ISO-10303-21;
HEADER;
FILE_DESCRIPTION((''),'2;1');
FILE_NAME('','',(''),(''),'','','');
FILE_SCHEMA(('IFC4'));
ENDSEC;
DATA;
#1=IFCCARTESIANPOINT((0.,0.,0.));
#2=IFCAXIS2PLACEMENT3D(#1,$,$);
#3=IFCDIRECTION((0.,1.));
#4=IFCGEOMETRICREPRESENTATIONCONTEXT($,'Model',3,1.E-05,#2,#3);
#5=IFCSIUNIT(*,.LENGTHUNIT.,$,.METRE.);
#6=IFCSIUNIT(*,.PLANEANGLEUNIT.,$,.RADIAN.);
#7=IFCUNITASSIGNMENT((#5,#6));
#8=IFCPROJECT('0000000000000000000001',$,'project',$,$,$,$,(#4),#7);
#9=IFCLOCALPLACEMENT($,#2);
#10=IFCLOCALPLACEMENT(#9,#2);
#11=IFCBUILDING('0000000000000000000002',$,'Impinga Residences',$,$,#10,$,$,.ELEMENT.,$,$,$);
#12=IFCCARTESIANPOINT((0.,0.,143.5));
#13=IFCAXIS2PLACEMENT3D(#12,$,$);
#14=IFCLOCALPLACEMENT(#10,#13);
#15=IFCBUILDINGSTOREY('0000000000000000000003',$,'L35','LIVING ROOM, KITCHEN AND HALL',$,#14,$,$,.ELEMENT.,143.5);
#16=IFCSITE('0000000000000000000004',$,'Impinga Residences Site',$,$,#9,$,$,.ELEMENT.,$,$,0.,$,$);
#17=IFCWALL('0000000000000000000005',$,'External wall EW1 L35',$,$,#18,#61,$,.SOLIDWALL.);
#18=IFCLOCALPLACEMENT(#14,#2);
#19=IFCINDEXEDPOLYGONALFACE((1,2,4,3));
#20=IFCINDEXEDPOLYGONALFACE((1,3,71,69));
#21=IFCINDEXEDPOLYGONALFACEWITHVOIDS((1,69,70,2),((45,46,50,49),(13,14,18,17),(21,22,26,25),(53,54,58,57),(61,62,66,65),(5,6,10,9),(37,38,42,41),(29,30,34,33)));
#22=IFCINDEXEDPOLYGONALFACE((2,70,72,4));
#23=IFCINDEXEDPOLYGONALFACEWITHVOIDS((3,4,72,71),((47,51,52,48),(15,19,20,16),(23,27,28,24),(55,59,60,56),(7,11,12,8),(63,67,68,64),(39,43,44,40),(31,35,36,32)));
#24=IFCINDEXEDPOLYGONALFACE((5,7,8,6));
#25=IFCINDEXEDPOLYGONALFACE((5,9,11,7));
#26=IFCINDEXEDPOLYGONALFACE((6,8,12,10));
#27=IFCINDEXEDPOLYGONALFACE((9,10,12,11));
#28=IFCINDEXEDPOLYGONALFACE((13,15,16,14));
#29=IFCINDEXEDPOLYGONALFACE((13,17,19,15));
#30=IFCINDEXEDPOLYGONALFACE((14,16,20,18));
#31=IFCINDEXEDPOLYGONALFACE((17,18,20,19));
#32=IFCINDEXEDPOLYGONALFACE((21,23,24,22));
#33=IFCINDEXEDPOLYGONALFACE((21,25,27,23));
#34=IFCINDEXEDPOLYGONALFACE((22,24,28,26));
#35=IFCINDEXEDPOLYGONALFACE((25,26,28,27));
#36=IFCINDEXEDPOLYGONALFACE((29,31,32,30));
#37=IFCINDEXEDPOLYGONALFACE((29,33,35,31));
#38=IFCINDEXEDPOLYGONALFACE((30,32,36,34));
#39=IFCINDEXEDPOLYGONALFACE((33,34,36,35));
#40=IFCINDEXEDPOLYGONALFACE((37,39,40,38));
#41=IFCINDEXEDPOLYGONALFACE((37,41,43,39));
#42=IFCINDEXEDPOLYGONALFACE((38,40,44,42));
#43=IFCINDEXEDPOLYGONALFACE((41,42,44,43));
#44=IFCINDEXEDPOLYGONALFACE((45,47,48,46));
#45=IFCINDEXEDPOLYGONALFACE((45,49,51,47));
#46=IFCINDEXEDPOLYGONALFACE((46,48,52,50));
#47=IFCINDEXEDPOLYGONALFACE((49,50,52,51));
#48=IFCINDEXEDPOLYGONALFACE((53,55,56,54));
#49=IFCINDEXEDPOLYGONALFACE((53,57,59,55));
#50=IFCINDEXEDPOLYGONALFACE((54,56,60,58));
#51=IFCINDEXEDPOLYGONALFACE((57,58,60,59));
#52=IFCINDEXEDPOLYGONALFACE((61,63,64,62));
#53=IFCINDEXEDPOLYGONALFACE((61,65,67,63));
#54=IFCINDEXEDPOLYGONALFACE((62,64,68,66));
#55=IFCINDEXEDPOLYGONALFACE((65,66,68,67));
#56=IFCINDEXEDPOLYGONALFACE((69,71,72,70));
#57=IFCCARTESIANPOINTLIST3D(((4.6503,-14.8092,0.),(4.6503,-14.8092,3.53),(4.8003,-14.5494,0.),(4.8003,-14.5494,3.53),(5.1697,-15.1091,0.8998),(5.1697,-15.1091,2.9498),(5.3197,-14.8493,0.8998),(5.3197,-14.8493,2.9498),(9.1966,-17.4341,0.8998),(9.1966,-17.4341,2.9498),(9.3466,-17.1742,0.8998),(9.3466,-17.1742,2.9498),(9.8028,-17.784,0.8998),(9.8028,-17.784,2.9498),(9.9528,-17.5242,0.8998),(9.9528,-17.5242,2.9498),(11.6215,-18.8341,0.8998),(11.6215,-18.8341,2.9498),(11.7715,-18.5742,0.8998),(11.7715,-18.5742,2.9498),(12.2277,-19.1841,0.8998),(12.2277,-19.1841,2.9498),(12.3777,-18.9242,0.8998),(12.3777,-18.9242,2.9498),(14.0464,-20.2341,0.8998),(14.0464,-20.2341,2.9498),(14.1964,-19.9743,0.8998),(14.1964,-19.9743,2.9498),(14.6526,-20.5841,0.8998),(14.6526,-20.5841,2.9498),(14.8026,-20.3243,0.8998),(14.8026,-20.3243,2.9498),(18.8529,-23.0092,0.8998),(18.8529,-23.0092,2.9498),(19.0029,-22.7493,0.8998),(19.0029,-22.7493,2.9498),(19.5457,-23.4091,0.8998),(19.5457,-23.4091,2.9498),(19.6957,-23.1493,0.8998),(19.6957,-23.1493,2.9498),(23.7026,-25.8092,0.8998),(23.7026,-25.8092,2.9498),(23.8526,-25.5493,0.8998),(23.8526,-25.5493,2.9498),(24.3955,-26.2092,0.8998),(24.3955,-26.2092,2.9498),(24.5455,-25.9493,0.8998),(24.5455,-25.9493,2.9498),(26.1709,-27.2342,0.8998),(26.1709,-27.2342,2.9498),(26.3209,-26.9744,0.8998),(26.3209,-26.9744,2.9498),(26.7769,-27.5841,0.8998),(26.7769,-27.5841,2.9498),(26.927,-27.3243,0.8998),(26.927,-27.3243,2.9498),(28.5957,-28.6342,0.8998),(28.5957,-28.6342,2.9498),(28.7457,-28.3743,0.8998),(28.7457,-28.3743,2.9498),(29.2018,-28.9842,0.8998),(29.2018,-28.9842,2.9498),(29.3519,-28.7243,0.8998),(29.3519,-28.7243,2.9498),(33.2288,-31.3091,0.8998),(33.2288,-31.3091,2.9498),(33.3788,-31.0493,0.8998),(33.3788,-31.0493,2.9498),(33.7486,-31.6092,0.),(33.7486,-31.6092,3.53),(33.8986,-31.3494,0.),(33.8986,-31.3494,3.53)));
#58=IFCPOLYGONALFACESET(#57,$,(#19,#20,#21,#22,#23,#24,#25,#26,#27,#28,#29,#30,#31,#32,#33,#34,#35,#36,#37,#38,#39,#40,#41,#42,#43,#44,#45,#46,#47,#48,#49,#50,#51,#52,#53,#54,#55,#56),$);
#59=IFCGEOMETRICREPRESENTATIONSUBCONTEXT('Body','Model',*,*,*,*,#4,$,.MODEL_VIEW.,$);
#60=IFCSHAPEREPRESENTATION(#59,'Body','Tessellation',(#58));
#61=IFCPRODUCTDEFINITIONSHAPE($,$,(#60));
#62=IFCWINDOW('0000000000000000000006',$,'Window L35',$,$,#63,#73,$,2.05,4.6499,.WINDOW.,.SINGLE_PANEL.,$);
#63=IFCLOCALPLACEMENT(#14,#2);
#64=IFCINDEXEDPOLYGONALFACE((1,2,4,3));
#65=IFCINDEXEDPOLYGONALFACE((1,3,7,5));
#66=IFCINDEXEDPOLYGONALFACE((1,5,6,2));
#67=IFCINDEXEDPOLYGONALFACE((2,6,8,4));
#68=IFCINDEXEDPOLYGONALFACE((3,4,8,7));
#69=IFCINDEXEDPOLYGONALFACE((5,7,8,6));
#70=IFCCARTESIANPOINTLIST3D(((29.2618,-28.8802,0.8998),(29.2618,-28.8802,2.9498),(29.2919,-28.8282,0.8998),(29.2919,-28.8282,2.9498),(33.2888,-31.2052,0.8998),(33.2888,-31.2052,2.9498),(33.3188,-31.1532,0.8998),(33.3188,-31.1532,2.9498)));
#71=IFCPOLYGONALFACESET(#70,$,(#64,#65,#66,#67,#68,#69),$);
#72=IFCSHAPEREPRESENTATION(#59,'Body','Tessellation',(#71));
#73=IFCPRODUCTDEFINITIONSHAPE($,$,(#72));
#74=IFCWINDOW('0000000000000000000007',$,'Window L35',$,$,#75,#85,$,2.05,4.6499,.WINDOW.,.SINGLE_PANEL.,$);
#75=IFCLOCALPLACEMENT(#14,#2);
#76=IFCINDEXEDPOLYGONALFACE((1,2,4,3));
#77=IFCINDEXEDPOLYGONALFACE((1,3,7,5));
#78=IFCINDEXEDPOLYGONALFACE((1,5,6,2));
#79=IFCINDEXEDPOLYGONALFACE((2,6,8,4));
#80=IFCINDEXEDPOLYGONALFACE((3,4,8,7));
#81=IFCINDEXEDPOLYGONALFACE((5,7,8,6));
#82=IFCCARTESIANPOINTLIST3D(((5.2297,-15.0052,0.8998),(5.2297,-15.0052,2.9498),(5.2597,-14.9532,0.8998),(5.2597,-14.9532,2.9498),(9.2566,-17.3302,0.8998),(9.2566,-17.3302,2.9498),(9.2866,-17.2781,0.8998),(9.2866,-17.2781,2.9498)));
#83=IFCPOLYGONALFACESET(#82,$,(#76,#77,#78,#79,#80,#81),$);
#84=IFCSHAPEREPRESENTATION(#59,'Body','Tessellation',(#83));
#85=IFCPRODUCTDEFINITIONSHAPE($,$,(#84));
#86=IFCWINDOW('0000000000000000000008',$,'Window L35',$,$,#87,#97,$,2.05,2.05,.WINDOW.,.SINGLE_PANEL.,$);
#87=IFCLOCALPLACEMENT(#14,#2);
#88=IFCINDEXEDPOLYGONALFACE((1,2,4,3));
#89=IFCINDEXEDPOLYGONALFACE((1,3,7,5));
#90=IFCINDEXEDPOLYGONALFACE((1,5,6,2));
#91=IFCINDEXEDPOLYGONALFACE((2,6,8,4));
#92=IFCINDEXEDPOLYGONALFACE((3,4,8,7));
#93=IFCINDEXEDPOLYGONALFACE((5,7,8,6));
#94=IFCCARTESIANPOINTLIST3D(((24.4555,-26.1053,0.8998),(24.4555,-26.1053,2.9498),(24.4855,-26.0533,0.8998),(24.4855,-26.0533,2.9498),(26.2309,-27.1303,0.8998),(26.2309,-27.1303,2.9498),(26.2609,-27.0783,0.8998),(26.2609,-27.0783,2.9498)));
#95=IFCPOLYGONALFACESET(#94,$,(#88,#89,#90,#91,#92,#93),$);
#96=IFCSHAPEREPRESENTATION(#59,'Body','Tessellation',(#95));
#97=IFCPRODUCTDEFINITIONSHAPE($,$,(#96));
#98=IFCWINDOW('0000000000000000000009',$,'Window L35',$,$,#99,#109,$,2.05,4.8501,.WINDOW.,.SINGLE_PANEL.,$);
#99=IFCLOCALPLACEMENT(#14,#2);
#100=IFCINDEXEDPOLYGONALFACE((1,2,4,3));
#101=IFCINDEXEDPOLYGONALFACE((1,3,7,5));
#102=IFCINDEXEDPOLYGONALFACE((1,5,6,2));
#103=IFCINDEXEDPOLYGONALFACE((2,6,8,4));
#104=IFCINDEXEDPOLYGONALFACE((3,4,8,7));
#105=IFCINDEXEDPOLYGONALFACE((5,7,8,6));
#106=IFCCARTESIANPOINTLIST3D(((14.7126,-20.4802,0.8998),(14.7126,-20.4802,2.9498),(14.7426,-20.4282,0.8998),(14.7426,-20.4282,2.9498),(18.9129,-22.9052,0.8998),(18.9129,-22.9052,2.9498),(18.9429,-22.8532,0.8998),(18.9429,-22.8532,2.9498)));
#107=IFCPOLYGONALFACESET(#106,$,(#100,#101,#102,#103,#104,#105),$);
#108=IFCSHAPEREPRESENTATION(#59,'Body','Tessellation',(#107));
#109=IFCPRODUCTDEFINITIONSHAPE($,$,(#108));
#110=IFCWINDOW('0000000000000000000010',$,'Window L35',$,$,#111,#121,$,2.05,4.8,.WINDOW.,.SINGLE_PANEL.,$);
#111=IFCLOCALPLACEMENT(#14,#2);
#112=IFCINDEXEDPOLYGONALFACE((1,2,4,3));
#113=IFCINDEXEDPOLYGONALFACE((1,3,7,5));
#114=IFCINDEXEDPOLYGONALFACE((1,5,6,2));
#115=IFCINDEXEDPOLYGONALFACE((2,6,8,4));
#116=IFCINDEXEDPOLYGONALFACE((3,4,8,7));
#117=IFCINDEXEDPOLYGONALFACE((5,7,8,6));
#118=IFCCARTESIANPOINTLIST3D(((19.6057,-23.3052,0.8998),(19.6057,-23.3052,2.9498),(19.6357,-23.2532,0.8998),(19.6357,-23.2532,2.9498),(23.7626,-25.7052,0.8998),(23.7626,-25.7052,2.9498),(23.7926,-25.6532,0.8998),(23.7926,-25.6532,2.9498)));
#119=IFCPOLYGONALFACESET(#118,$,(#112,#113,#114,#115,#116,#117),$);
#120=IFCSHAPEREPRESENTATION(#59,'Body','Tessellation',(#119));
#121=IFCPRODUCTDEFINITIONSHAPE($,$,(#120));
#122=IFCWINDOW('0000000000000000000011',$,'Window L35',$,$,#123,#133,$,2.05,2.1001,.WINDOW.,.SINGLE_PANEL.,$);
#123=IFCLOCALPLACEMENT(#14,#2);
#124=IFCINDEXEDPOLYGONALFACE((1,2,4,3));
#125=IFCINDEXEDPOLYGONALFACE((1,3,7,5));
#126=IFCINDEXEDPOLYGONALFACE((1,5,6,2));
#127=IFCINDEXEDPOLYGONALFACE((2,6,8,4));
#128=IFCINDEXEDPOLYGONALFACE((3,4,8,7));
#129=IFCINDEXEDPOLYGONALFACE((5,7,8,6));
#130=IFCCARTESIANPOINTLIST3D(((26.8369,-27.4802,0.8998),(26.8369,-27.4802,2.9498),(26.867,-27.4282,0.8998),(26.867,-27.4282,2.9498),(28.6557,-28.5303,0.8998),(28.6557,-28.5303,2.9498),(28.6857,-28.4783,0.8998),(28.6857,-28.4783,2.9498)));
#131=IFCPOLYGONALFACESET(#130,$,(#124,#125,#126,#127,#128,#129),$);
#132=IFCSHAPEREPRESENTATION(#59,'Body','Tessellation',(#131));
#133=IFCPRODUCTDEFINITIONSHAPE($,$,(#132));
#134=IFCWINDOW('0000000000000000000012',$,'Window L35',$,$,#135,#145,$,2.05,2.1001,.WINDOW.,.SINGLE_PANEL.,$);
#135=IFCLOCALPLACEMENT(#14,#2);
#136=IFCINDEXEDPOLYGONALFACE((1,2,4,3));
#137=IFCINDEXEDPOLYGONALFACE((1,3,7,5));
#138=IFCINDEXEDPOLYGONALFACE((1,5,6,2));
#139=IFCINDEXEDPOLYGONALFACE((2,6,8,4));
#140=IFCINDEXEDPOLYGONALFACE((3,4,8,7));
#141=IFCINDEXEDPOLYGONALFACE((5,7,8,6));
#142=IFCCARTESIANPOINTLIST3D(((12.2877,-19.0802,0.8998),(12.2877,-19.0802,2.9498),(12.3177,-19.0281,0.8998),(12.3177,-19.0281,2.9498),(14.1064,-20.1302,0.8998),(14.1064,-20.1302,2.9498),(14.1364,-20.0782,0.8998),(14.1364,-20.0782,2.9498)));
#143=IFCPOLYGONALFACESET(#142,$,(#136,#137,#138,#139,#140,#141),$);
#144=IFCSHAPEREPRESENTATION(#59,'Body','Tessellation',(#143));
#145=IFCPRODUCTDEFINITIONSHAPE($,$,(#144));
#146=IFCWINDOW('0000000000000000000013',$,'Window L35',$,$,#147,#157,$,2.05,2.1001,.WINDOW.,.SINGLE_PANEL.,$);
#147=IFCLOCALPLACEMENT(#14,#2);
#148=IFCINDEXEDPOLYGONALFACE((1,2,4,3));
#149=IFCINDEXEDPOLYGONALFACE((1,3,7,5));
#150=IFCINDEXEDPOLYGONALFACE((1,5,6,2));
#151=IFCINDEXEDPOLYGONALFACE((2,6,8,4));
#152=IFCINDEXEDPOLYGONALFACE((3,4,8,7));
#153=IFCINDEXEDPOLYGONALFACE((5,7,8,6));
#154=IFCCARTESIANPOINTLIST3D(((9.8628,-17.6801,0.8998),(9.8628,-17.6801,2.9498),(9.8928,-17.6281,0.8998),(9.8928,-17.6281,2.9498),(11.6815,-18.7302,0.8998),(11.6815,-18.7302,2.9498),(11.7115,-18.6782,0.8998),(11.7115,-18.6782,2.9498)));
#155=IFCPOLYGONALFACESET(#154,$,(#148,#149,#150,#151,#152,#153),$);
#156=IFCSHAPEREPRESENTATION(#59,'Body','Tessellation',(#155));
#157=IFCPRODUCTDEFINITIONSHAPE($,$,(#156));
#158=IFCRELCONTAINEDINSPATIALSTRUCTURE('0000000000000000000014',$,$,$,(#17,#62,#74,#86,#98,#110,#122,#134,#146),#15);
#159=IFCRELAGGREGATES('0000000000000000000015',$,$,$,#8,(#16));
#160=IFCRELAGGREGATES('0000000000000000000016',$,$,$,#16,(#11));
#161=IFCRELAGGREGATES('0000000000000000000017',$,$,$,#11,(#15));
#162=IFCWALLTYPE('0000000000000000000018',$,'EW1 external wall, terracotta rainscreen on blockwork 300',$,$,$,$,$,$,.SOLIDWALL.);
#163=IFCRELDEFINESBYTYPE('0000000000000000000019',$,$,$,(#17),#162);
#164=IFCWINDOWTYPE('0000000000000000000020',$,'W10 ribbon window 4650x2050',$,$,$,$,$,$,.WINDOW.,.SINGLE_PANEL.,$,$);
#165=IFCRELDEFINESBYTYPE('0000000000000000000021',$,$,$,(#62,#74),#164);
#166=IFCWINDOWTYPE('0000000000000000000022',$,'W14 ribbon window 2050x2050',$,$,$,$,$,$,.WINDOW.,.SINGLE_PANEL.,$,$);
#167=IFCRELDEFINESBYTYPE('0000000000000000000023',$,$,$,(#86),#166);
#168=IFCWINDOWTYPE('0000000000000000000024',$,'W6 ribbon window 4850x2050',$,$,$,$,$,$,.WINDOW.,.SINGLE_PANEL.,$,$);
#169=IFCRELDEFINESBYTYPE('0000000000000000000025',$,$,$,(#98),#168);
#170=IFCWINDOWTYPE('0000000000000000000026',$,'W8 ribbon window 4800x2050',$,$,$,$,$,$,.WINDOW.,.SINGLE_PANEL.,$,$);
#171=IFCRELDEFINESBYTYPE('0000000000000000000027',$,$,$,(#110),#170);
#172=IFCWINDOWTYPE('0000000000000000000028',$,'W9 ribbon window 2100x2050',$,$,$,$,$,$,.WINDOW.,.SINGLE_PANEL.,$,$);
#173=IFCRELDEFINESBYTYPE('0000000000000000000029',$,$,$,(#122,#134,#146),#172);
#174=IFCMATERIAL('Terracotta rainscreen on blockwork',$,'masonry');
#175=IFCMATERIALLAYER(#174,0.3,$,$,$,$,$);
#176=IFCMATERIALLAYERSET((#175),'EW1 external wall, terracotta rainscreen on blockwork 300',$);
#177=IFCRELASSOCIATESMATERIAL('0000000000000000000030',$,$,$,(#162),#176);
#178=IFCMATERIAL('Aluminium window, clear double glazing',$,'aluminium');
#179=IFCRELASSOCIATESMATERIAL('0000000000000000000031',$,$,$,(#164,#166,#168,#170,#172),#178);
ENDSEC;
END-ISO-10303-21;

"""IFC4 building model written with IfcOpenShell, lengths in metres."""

from ifc_helpers import new_model, si_unit, direction, frame, frame_2d, origin, place, context, subcontext, project, spatial, rectangle, extrude, material, layer, layer_set, type_object, element, fill, save


model = new_model("IFC4")

# Units and contexts
model_context = context("Model", 3, precision=1e-05, world=origin(), true_north=direction((0.0, 1.0)))
body_context = subcontext(model_context, "Body", "Model", "MODEL_VIEW")
ifc_project = project(units=[si_unit("LENGTHUNIT", "METRE"), si_unit("PLANEANGLEUNIT", "RADIAN")], contexts=[model_context])

# Site, building, storey
site_placement = place(None, origin())
site = spatial("IfcSite", under=ifc_project, at=site_placement, Name="Impinga Residences Site", CompositionType="ELEMENT", RefElevation=0.0)
building_placement = place(site_placement, origin())
building = spatial("IfcBuilding", under=site, at=building_placement, Name="Impinga Residences", CompositionType="ELEMENT")
storey_placement = place(building_placement, frame((0.0, 0.0, 143.5)))
storey = spatial("IfcBuildingStorey", under=building, at=storey_placement, Name="L35", Description="LIVING ROOM, KITCHEN AND HALL", CompositionType="ELEMENT", Elevation=143.5)

# Shared definitions
ifc_material_1 = material(Name="Terracotta rainscreen on blockwork", Category="masonry")
ifc_layer_1 = layer(ifc_material_1, 0.3)
ifc_layer_set_1 = layer_set([ifc_layer_1], Name="EW1 external wall, terracotta rainscreen on blockwork 300")
wall_type_1 = type_object("IfcWallType", Name="EW1 external wall, terracotta rainscreen on blockwork 300", PredefinedType="SOLIDWALL", material=ifc_layer_set_1)

# Wall, openings, windows
wall_1_placement = place(storey_placement, frame((33.8235, -31.4792, 0.0), z_axis=(0.0, 0.0, 1.0), x_axis=(-0.866024, 0.500002, 0.0)))
wall_1 = element("IfcWall", 1, at=wall_1_placement, inside=storey, type_object=wall_type_1, Name="External wall EW1 L35", PredefinedType="SOLIDWALL", context=body_context, shape_type="SweptSolid", body=[
    extrude(rectangle(XDim=33.5999, YDim=0.3, at=frame_2d((16.7998, 0.0))), origin(), (0.0, 0.0, 1.0), 3.53),
])
opening_1_placement = place(wall_1_placement, frame((0.6001, 0.0, 0.8999)))
opening_1 = element("IfcOpeningElement", 2, at=opening_1_placement, cuts=wall_1, PredefinedType="OPENING", context=body_context, shape_type="SweptSolid", body=[
    extrude(rectangle(XDim=4.6499, YDim=2.05, at=frame_2d((2.325, 1.0249))), frame((0.0, 0.1599, 0.0), z_axis=(0.0, -1.0, 0.0), x_axis=(1.0, 0.0, 0.0)), (0.0, 0.0, 1.0), 0.3201),
])
opening_2_placement = place(wall_1_placement, frame((5.95, 0.0, 0.8999)))
opening_2 = element("IfcOpeningElement", 3, at=opening_2_placement, cuts=wall_1, PredefinedType="OPENING", context=body_context, shape_type="SweptSolid", body=[
    extrude(rectangle(XDim=2.1001, YDim=2.05, at=frame_2d((1.05, 1.0249))), frame((0.0, 0.1599, 0.0), z_axis=(0.0, -1.0, 0.0), x_axis=(1.0, 0.0, 0.0)), (0.0, 0.0, 1.0), 0.3201),
])
opening_3_placement = place(wall_1_placement, frame((8.75, 0.0, 0.8999)))
opening_3 = element("IfcOpeningElement", 4, at=opening_3_placement, cuts=wall_1, PredefinedType="OPENING", context=body_context, shape_type="SweptSolid", body=[
    extrude(rectangle(XDim=2.05, YDim=2.05, at=frame_2d((1.0249, 1.0249))), frame((0.0, 0.1599, 0.0), z_axis=(0.0, -1.0, 0.0), x_axis=(1.0, 0.0, 0.0)), (0.0, 0.0, 1.0), 0.3201),
])
opening_4_placement = place(wall_1_placement, frame((11.6001, 0.0, 0.8999)))
opening_4 = element("IfcOpeningElement", 5, at=opening_4_placement, cuts=wall_1, PredefinedType="OPENING", context=body_context, shape_type="SweptSolid", body=[
    extrude(rectangle(XDim=4.8, YDim=2.05, at=frame_2d((2.3999, 1.0249))), frame((0.0, 0.1599, 0.0), z_axis=(0.0, -1.0, 0.0), x_axis=(1.0, 0.0, 0.0)), (0.0, 0.0, 1.0), 0.3201),
])
opening_5_placement = place(wall_1_placement, frame((17.2, 0.0, 0.8999)))
opening_5 = element("IfcOpeningElement", 6, at=opening_5_placement, cuts=wall_1, PredefinedType="OPENING", context=body_context, shape_type="SweptSolid", body=[
    extrude(rectangle(XDim=4.8501, YDim=2.05, at=frame_2d((2.425, 1.0249))), frame((0.0, 0.1599, 0.0), z_axis=(0.0, -1.0, 0.0), x_axis=(1.0, 0.0, 0.0)), (0.0, 0.0, 1.0), 0.3201),
])
opening_6_placement = place(wall_1_placement, frame((22.75, 0.0, 0.8999)))
opening_6 = element("IfcOpeningElement", 7, at=opening_6_placement, cuts=wall_1, PredefinedType="OPENING", context=body_context, shape_type="SweptSolid", body=[
    extrude(rectangle(XDim=2.1001, YDim=2.05, at=frame_2d((1.05, 1.0249))), frame((0.0, 0.1599, 0.0), z_axis=(0.0, -1.0, 0.0), x_axis=(1.0, 0.0, 0.0)), (0.0, 0.0, 1.0), 0.3201),
])
opening_7_placement = place(wall_1_placement, frame((25.55, 0.0, 0.8999)))
opening_7 = element("IfcOpeningElement", 8, at=opening_7_placement, cuts=wall_1, PredefinedType="OPENING", context=body_context, shape_type="SweptSolid", body=[
    extrude(rectangle(XDim=2.1001, YDim=2.05, at=frame_2d((1.05, 1.0249))), frame((0.0, 0.1599, 0.0), z_axis=(0.0, -1.0, 0.0), x_axis=(1.0, 0.0, 0.0)), (0.0, 0.0, 1.0), 0.3201),
])
opening_8_placement = place(wall_1_placement, frame((28.3501, 0.0, 0.8999)))
opening_8 = element("IfcOpeningElement", 9, at=opening_8_placement, cuts=wall_1, PredefinedType="OPENING", context=body_context, shape_type="SweptSolid", body=[
    extrude(rectangle(XDim=4.6499, YDim=2.05, at=frame_2d((2.325, 1.0249))), frame((0.0, 0.1599, 0.0), z_axis=(0.0, -1.0, 0.0), x_axis=(1.0, 0.0, 0.0)), (0.0, 0.0, 1.0), 0.3201),
])
ifc_material_2 = material(Name="Aluminium window, clear double glazing", Category="aluminium")
window_type_1 = type_object("IfcWindowType", Name="W10 ribbon window 4650x2050", PartitioningType="SINGLE_PANEL", PredefinedType="WINDOW", material=ifc_material_2)
window_1_placement = place(opening_1_placement, origin())
window_1 = element("IfcWindow", 10, at=window_1_placement, inside=storey, type_object=window_type_1, Name="Window L35", OverallHeight=2.05, OverallWidth=4.6499, PartitioningType="SINGLE_PANEL", PredefinedType="WINDOW", context=body_context, shape_type="SweptSolid", body=[
    extrude(rectangle(XDim=4.6499, YDim=2.05, at=frame_2d((2.325, 1.0249))), frame((0.0, 0.03, 0.0), z_axis=(0.0, -1.0, 0.0), x_axis=(1.0, 0.0, 0.0)), (0.0, 0.0, 1.0), 0.0601),
])
fill(opening_1, window_1)
window_2_placement = place(opening_8_placement, origin())
window_2 = element("IfcWindow", 11, at=window_2_placement, inside=storey, type_object=window_type_1, Name="Window L35", OverallHeight=2.05, OverallWidth=4.6499, PartitioningType="SINGLE_PANEL", PredefinedType="WINDOW", context=body_context, shape_type="SweptSolid", body=[
    extrude(rectangle(XDim=4.6499, YDim=2.05, at=frame_2d((2.325, 1.0249))), frame((0.0, 0.03, 0.0), z_axis=(0.0, -1.0, 0.0), x_axis=(1.0, 0.0, 0.0)), (0.0, 0.0, 1.0), 0.0601),
])
fill(opening_8, window_2)
window_type_2 = type_object("IfcWindowType", Name="W14 ribbon window 2050x2050", PartitioningType="SINGLE_PANEL", PredefinedType="WINDOW", material=ifc_material_2)
window_3_placement = place(opening_3_placement, origin())
window_3 = element("IfcWindow", 12, at=window_3_placement, inside=storey, type_object=window_type_2, Name="Window L35", OverallHeight=2.05, OverallWidth=2.05, PartitioningType="SINGLE_PANEL", PredefinedType="WINDOW", context=body_context, shape_type="SweptSolid", body=[
    extrude(rectangle(XDim=2.05, YDim=2.05, at=frame_2d((1.0249, 1.0249))), frame((0.0, 0.03, 0.0), z_axis=(0.0, -1.0, 0.0), x_axis=(1.0, 0.0, 0.0)), (0.0, 0.0, 1.0), 0.0601),
])
fill(opening_3, window_3)
window_type_3 = type_object("IfcWindowType", Name="W6 ribbon window 4850x2050", PartitioningType="SINGLE_PANEL", PredefinedType="WINDOW", material=ifc_material_2)
window_4_placement = place(opening_5_placement, origin())
window_4 = element("IfcWindow", 13, at=window_4_placement, inside=storey, type_object=window_type_3, Name="Window L35", OverallHeight=2.05, OverallWidth=4.8501, PartitioningType="SINGLE_PANEL", PredefinedType="WINDOW", context=body_context, shape_type="SweptSolid", body=[
    extrude(rectangle(XDim=4.8501, YDim=2.05, at=frame_2d((2.425, 1.0249))), frame((0.0, 0.03, 0.0), z_axis=(0.0, -1.0, 0.0), x_axis=(1.0, 0.0, 0.0)), (0.0, 0.0, 1.0), 0.0601),
])
fill(opening_5, window_4)
window_type_4 = type_object("IfcWindowType", Name="W8 ribbon window 4800x2050", PartitioningType="SINGLE_PANEL", PredefinedType="WINDOW", material=ifc_material_2)
window_5_placement = place(opening_4_placement, origin())
window_5 = element("IfcWindow", 14, at=window_5_placement, inside=storey, type_object=window_type_4, Name="Window L35", OverallHeight=2.05, OverallWidth=4.8, PartitioningType="SINGLE_PANEL", PredefinedType="WINDOW", context=body_context, shape_type="SweptSolid", body=[
    extrude(rectangle(XDim=4.8, YDim=2.05, at=frame_2d((2.3999, 1.0249))), frame((0.0, 0.03, 0.0), z_axis=(0.0, -1.0, 0.0), x_axis=(1.0, 0.0, 0.0)), (0.0, 0.0, 1.0), 0.0601),
])
fill(opening_4, window_5)
window_type_5 = type_object("IfcWindowType", Name="W9 ribbon window 2100x2050", PartitioningType="SINGLE_PANEL", PredefinedType="WINDOW", material=ifc_material_2)
window_6_placement = place(opening_2_placement, origin())
window_6 = element("IfcWindow", 15, at=window_6_placement, inside=storey, type_object=window_type_5, Name="Window L35", OverallHeight=2.05, OverallWidth=2.1001, PartitioningType="SINGLE_PANEL", PredefinedType="WINDOW", context=body_context, shape_type="SweptSolid", body=[
    extrude(rectangle(XDim=2.1001, YDim=2.05, at=frame_2d((1.05, 1.0249))), frame((0.0, 0.03, 0.0), z_axis=(0.0, -1.0, 0.0), x_axis=(1.0, 0.0, 0.0)), (0.0, 0.0, 1.0), 0.0601),
])
fill(opening_2, window_6)
window_7_placement = place(opening_6_placement, origin())
window_7 = element("IfcWindow", 16, at=window_7_placement, inside=storey, type_object=window_type_5, Name="Window L35", OverallHeight=2.05, OverallWidth=2.1001, PartitioningType="SINGLE_PANEL", PredefinedType="WINDOW", context=body_context, shape_type="SweptSolid", body=[
    extrude(rectangle(XDim=2.1001, YDim=2.05, at=frame_2d((1.05, 1.0249))), frame((0.0, 0.03, 0.0), z_axis=(0.0, -1.0, 0.0), x_axis=(1.0, 0.0, 0.0)), (0.0, 0.0, 1.0), 0.0601),
])
fill(opening_6, window_7)
window_8_placement = place(opening_7_placement, origin())
window_8 = element("IfcWindow", 17, at=window_8_placement, inside=storey, type_object=window_type_5, Name="Window L35", OverallHeight=2.05, OverallWidth=2.1001, PartitioningType="SINGLE_PANEL", PredefinedType="WINDOW", context=body_context, shape_type="SweptSolid", body=[
    extrude(rectangle(XDim=2.1001, YDim=2.05, at=frame_2d((1.05, 1.0249))), frame((0.0, 0.03, 0.0), z_axis=(0.0, -1.0, 0.0), x_axis=(1.0, 0.0, 0.0)), (0.0, 0.0, 1.0), 0.0601),
])
fill(opening_7, window_8)

save(model, "model.ifc")
